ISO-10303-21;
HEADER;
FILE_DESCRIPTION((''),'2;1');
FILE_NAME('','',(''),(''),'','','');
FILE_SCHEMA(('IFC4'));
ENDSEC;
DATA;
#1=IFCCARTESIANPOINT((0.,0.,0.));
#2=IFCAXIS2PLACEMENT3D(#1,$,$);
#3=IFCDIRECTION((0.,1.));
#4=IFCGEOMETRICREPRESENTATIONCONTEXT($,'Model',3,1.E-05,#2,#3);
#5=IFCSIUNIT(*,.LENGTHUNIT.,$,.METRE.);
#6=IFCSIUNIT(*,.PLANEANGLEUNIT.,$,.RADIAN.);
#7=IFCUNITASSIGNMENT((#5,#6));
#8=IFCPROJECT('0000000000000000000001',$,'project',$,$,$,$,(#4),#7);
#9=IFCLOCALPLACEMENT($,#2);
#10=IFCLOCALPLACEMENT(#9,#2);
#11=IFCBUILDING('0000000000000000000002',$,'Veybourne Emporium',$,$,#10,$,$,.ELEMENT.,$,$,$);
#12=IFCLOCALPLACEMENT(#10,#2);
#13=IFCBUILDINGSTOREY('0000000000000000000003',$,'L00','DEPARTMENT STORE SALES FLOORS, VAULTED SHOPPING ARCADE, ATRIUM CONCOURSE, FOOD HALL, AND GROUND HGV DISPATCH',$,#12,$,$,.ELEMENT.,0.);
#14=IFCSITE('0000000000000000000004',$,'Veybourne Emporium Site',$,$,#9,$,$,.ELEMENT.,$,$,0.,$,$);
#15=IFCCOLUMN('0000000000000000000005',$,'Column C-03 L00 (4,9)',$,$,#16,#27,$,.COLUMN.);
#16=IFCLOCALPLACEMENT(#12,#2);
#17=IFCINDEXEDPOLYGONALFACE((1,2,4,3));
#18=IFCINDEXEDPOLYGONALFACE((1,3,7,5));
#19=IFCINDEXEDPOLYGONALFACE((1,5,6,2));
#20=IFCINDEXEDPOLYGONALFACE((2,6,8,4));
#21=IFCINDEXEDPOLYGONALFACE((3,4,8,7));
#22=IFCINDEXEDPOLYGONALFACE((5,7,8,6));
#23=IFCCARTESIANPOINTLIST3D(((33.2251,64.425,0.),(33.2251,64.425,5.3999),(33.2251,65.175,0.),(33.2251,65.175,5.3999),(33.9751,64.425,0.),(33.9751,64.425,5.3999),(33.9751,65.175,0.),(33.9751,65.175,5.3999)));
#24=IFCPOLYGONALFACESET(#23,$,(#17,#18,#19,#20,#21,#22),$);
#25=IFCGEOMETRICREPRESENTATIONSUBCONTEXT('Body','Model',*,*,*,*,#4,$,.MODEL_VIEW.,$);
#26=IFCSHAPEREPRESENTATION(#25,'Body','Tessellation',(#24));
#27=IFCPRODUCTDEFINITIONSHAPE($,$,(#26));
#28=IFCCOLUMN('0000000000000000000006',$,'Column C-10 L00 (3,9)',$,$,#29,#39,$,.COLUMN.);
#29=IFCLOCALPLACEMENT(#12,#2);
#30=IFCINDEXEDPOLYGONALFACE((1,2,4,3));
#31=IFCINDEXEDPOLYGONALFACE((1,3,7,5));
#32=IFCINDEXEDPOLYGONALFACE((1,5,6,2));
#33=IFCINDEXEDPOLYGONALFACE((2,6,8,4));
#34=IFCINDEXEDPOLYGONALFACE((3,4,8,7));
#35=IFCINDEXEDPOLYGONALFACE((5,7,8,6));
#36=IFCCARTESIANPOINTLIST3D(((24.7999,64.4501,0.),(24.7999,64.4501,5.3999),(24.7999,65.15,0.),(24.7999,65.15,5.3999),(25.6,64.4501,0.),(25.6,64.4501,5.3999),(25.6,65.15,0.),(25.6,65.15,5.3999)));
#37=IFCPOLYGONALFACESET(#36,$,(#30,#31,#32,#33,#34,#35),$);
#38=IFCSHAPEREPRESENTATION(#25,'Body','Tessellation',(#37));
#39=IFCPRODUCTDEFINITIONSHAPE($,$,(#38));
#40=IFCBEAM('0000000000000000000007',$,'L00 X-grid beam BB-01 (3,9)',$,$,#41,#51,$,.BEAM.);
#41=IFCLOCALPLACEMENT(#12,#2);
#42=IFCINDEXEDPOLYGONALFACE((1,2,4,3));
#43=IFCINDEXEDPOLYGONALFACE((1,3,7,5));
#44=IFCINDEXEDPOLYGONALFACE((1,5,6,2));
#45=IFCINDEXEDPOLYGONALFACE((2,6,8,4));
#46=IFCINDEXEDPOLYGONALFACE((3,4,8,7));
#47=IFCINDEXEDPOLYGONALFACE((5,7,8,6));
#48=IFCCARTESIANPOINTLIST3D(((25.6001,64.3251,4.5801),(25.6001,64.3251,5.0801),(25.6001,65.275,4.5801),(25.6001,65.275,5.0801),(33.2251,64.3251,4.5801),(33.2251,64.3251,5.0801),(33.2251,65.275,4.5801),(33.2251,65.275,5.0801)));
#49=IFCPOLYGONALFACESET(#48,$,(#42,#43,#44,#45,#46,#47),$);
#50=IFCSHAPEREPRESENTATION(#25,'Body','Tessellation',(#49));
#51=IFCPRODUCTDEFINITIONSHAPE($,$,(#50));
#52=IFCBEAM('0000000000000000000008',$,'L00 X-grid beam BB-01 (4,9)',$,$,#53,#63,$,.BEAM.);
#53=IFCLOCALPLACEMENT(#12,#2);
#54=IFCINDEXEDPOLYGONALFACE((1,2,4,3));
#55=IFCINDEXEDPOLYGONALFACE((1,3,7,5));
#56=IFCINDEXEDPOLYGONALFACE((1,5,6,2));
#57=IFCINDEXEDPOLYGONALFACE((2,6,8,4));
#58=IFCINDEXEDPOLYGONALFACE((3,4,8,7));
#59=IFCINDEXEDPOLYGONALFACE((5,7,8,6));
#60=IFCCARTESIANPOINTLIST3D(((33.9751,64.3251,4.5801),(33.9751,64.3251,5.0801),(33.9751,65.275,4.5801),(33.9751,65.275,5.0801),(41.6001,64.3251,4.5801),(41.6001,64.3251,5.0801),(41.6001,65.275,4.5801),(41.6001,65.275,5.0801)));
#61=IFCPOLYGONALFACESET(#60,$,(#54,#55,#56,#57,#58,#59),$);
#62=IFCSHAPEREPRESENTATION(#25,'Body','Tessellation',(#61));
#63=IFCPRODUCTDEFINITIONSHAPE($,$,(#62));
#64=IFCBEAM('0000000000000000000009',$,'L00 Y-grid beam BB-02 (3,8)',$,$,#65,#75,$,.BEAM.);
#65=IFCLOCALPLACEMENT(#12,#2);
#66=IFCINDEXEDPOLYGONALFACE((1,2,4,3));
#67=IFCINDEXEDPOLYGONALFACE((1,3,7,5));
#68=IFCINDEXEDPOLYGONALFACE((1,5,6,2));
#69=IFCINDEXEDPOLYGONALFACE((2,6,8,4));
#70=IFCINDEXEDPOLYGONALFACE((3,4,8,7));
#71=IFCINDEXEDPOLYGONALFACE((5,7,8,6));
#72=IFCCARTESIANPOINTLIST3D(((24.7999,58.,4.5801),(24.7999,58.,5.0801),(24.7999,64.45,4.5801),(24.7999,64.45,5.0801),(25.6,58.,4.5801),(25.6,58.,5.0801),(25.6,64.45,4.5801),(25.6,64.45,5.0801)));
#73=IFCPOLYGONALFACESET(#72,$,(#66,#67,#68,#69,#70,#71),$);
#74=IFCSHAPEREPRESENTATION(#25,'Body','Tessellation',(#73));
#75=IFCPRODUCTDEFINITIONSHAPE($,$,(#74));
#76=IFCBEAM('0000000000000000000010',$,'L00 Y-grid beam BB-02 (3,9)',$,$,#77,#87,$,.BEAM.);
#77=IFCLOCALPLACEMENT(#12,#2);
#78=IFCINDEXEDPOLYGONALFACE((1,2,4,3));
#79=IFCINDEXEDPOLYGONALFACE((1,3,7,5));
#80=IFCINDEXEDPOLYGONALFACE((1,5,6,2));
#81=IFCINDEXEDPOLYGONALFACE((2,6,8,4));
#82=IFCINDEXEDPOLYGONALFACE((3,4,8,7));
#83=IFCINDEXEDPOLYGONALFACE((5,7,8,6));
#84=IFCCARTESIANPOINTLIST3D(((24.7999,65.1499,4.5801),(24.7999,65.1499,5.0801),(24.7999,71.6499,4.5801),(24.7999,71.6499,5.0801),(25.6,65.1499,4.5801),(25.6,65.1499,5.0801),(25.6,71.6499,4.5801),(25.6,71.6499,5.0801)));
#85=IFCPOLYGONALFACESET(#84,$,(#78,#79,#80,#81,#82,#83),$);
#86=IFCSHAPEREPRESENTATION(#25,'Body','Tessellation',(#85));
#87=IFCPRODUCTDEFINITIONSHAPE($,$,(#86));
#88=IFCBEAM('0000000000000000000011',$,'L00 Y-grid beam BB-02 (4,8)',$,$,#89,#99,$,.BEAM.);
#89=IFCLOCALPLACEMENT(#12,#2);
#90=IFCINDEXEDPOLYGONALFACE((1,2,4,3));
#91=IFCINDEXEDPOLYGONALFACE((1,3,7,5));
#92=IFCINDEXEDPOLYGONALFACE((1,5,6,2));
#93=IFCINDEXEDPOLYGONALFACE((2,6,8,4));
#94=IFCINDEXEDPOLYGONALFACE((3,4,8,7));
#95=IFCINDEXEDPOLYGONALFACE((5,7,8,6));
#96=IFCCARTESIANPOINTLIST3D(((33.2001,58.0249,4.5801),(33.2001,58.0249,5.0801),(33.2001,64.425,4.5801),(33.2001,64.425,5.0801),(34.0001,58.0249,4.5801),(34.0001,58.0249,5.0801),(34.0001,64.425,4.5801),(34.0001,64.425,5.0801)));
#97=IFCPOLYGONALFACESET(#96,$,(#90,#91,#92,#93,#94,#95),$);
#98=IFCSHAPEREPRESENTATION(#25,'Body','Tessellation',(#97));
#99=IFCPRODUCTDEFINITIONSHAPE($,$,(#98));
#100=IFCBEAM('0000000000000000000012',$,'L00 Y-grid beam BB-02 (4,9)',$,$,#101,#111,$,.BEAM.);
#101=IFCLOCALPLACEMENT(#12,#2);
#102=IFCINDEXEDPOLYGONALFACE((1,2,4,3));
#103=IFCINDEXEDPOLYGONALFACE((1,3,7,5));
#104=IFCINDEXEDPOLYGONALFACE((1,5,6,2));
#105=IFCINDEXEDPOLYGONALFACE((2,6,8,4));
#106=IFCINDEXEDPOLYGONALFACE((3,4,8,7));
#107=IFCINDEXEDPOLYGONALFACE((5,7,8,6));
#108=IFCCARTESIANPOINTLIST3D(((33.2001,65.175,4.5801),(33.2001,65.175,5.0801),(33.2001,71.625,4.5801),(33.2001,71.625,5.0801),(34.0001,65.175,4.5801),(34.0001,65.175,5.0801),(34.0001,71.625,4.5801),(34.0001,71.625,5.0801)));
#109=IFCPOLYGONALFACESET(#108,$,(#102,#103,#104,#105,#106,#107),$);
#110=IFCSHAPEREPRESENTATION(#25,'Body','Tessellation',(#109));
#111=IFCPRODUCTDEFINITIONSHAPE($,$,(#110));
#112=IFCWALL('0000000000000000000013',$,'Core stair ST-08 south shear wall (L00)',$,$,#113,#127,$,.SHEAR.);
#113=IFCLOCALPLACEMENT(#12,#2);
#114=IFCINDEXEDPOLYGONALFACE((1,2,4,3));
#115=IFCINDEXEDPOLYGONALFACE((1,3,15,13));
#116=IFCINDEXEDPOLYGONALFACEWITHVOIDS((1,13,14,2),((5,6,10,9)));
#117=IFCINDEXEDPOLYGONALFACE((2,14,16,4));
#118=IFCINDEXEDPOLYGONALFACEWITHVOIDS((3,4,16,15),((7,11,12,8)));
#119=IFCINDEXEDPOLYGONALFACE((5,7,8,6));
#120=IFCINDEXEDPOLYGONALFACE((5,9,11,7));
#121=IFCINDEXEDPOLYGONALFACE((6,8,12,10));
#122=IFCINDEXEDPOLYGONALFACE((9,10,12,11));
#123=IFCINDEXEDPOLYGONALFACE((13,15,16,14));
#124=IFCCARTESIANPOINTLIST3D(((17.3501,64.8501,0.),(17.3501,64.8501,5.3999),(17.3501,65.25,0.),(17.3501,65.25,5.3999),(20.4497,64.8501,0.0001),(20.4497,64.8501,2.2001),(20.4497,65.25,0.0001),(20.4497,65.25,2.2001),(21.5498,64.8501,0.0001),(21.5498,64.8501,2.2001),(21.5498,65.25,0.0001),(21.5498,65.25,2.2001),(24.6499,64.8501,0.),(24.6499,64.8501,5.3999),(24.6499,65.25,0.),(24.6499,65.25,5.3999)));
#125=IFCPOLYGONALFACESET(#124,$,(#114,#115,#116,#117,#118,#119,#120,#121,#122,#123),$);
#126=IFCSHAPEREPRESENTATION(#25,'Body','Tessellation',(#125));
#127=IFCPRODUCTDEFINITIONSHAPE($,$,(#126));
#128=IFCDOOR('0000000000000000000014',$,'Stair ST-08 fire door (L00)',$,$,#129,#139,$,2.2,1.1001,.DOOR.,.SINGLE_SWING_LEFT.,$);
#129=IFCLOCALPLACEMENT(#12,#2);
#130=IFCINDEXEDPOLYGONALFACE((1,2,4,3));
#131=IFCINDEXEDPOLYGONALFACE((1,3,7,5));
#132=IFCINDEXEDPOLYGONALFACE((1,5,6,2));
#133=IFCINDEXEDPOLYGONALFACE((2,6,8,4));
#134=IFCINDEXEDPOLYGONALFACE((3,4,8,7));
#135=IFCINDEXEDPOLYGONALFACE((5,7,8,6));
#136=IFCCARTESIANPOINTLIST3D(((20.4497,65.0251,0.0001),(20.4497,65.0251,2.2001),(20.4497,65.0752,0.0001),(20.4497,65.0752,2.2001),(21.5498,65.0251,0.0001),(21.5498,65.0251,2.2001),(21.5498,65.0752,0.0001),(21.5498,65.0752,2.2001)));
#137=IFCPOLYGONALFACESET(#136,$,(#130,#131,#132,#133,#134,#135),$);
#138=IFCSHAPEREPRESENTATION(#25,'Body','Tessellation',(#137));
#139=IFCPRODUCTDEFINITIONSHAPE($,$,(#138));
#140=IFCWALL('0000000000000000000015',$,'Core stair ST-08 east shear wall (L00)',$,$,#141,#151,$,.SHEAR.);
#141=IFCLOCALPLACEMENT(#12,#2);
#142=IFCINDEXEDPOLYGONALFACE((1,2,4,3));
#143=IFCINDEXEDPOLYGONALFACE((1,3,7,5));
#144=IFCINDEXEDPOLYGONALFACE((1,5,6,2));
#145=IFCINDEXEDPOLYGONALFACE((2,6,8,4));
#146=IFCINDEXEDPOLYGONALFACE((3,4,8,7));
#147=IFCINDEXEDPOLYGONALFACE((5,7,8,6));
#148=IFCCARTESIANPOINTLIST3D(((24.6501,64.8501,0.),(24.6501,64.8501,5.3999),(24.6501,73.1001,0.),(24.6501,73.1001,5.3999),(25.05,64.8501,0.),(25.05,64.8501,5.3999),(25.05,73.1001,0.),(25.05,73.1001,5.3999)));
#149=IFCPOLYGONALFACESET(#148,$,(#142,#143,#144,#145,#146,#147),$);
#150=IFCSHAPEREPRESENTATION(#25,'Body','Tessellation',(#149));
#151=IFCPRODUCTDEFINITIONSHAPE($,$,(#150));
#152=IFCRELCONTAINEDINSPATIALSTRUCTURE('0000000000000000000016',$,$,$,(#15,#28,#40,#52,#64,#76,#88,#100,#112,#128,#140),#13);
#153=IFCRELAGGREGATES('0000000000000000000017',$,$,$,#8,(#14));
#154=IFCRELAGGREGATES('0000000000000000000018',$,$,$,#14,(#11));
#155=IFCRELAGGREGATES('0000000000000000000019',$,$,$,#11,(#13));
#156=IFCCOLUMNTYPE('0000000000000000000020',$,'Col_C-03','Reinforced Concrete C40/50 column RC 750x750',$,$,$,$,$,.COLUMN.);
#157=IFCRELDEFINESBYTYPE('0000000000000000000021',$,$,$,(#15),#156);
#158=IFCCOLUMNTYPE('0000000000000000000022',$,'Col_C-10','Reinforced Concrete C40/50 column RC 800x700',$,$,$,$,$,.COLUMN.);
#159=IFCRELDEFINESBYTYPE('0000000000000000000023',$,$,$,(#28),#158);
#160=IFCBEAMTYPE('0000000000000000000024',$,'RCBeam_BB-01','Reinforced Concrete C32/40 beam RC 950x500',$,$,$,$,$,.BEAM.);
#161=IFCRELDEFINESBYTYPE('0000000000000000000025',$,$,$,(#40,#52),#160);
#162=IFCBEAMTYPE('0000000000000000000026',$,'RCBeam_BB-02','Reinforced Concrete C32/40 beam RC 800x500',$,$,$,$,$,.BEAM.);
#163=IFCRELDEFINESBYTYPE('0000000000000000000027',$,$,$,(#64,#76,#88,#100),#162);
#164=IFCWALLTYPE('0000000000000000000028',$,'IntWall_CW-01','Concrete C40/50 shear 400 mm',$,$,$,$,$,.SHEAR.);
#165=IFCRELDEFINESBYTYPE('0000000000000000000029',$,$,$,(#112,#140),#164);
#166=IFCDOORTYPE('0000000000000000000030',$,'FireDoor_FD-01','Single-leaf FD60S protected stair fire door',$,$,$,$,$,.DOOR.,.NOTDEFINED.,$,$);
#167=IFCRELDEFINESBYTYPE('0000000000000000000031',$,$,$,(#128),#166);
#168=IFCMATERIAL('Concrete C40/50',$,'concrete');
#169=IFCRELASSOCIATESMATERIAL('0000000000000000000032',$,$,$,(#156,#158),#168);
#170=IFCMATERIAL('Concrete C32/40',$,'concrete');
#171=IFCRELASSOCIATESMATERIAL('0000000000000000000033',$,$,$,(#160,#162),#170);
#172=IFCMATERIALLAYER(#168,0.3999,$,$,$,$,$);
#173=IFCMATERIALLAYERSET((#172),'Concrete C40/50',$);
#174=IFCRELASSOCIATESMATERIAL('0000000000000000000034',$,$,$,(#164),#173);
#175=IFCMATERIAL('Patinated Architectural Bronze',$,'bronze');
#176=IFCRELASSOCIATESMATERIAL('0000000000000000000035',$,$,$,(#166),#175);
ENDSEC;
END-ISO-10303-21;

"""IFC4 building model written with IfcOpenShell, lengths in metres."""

from ifc_helpers import new_model, si_unit, direction, frame, frame_2d, origin, origin_2d, place, context, subcontext, project, spatial, rectangle, extrude, material, layer, layer_set, material_profile, profile_set, type_object, element, fill, save


model = new_model("IFC4")

# Units and contexts
model_context = context("Model", 3, precision=1e-05, world=origin(), true_north=direction((0.0, 1.0)))
body_context = subcontext(model_context, "Body", "Model", "MODEL_VIEW")
ifc_project = project(units=[si_unit("LENGTHUNIT", "METRE"), si_unit("PLANEANGLEUNIT", "RADIAN")], contexts=[model_context])

# Site, building, storey
site_placement = place(None, origin())
site = spatial("IfcSite", under=ifc_project, at=site_placement, Name="Veybourne Emporium Site", CompositionType="ELEMENT", RefElevation=0.0)
building_placement = place(site_placement, origin())
building = spatial("IfcBuilding", under=site, at=building_placement, Name="Veybourne Emporium", CompositionType="ELEMENT")
storey_placement = place(building_placement, origin())
storey = spatial("IfcBuildingStorey", under=building, at=storey_placement, Name="L00", Description="DEPARTMENT STORE SALES FLOORS, VAULTED SHOPPING ARCADE, ATRIUM CONCOURSE, FOOD HALL, AND GROUND HGV DISPATCH", CompositionType="ELEMENT", Elevation=0.0)

# Columns
ifc_material_1 = material(Name="Concrete C40/50", Category="concrete")
ifc_material_profile_1 = material_profile(ifc_material_1, rectangle(XDim=0.75, YDim=0.75, at=origin_2d()), Name="RC 750x750")
ifc_profile_set_1 = profile_set([ifc_material_profile_1], Name="Concrete C40/50")
column_type_1 = type_object("IfcColumnType", Name="Col_C-03", Description="Reinforced Concrete C40/50 column RC 750x750", PredefinedType="COLUMN", material=ifc_profile_set_1)
column_1_placement = place(storey_placement, frame((33.6001, 64.8, 0.0), z_axis=(0.0, 0.0, 1.0), x_axis=(1.0, 0.0, 0.0)))
element("IfcColumn", 1, at=column_1_placement, inside=storey, type_object=column_type_1, Name="Column C-03 L00 (4,9)", PredefinedType="COLUMN", context=body_context, shape_type="SweptSolid", body=[
    extrude(rectangle(XDim=0.75, YDim=0.75, at=origin_2d()), origin(), (0.0, 0.0, 1.0), 5.3999),
])
ifc_material_profile_2 = material_profile(ifc_material_1, rectangle(XDim=0.8, YDim=0.7, at=origin_2d()), Name="RC 800x700")
ifc_profile_set_2 = profile_set([ifc_material_profile_2], Name="Concrete C40/50")
column_type_2 = type_object("IfcColumnType", Name="Col_C-10", Description="Reinforced Concrete C40/50 column RC 800x700", PredefinedType="COLUMN", material=ifc_profile_set_2)
column_2_placement = place(storey_placement, frame((25.2, 64.8, 0.0), z_axis=(0.0, 0.0, 1.0), x_axis=(1.0, 0.0, 0.0)))
element("IfcColumn", 2, at=column_2_placement, inside=storey, type_object=column_type_2, Name="Column C-10 L00 (3,9)", PredefinedType="COLUMN", context=body_context, shape_type="SweptSolid", body=[
    extrude(rectangle(XDim=0.8, YDim=0.7, at=origin_2d()), origin(), (0.0, 0.0, 1.0), 5.3999),
])

# Beams
ifc_material_2 = material(Name="Concrete C32/40", Category="concrete")
ifc_material_profile_3 = material_profile(ifc_material_2, rectangle(XDim=0.95, YDim=0.5, at=origin_2d()), Name="RC 950x500")
ifc_profile_set_3 = profile_set([ifc_material_profile_3], Name="Concrete C32/40")
beam_type_1 = type_object("IfcBeamType", Name="RCBeam_BB-01", Description="Reinforced Concrete C32/40 beam RC 950x500", PredefinedType="BEAM", material=ifc_profile_set_3)
for number, where, z_axis, x_axis, name in (
    (3, (25.6001, 64.8, 4.8301), (1.0, 0.0, 0.0), (0.0, 1.0, 0.0), "L00 X-grid beam BB-01 (3,9)"),
    (4, (33.9751, 64.8, 4.8301), (1.0, 0.0, 0.0), (0.0, 1.0, 0.0), "L00 X-grid beam BB-01 (4,9)"),
):
    element("IfcBeam", number, at=place(storey_placement, frame(where, z_axis=z_axis, x_axis=x_axis)), inside=storey, type_object=beam_type_1, Name=name, PredefinedType="BEAM", context=body_context, shape_type="SweptSolid", body=[
        extrude(rectangle(XDim=0.95, YDim=0.5, at=origin_2d()), origin(), (0.0, 0.0, 1.0), 7.625),
    ])
ifc_material_profile_4 = material_profile(ifc_material_2, rectangle(XDim=0.8, YDim=0.5, at=origin_2d()), Name="RC 800x500")
ifc_profile_set_4 = profile_set([ifc_material_profile_4], Name="Concrete C32/40")
beam_type_2 = type_object("IfcBeamType", Name="RCBeam_BB-02", Description="Reinforced Concrete C32/40 beam RC 800x500", PredefinedType="BEAM", material=ifc_profile_set_4)
beam_1_placement = place(storey_placement, frame((25.2, 58.0, 4.8301), z_axis=(0.0, 1.0, 0.0), x_axis=(-1.0, 0.0, 0.0)))
element("IfcBeam", 5, at=beam_1_placement, inside=storey, type_object=beam_type_2, Name="L00 Y-grid beam BB-02 (3,8)", PredefinedType="BEAM", context=body_context, shape_type="SweptSolid", body=[
    extrude(rectangle(XDim=0.8, YDim=0.5, at=origin_2d()), origin(), (0.0, 0.0, 1.0), 6.45),
])
beam_2_placement = place(storey_placement, frame((25.2, 65.1499, 4.8301), z_axis=(0.0, 1.0, 0.0), x_axis=(-1.0, 0.0, 0.0)))
element("IfcBeam", 6, at=beam_2_placement, inside=storey, type_object=beam_type_2, Name="L00 Y-grid beam BB-02 (3,9)", PredefinedType="BEAM", context=body_context, shape_type="SweptSolid", body=[
    extrude(rectangle(XDim=0.8, YDim=0.5, at=origin_2d()), origin(), (0.0, 0.0, 1.0), 6.5),
])
beam_3_placement = place(storey_placement, frame((33.6001, 58.0249, 4.8301), z_axis=(0.0, 1.0, 0.0), x_axis=(-1.0, 0.0, 0.0)))
element("IfcBeam", 7, at=beam_3_placement, inside=storey, type_object=beam_type_2, Name="L00 Y-grid beam BB-02 (4,8)", PredefinedType="BEAM", context=body_context, shape_type="SweptSolid", body=[
    extrude(rectangle(XDim=0.8, YDim=0.5, at=origin_2d()), origin(), (0.0, 0.0, 1.0), 6.4001),
])
beam_4_placement = place(storey_placement, frame((33.6001, 65.175, 4.8301), z_axis=(0.0, 1.0, 0.0), x_axis=(-1.0, 0.0, 0.0)))
element("IfcBeam", 8, at=beam_4_placement, inside=storey, type_object=beam_type_2, Name="L00 Y-grid beam BB-02 (4,9)", PredefinedType="BEAM", context=body_context, shape_type="SweptSolid", body=[
    extrude(rectangle(XDim=0.8, YDim=0.5, at=origin_2d()), origin(), (0.0, 0.0, 1.0), 6.45),
])

# Wall, opening, door
ifc_layer_1 = layer(ifc_material_1, 0.3999)
ifc_layer_set_1 = layer_set([ifc_layer_1], Name="Concrete C40/50")
wall_type_1 = type_object("IfcWallType", Name="IntWall_CW-01", Description="Concrete C40/50 shear 400 mm", PredefinedType="SHEAR", material=ifc_layer_set_1)
wall_1_placement = place(storey_placement, frame((24.6499, 65.05, 0.0), z_axis=(0.0, 0.0, 1.0), x_axis=(-1.0, 0.0, 0.0)))
wall_1 = element("IfcWall", 9, at=wall_1_placement, inside=storey, type_object=wall_type_1, Name="Core stair ST-08 south shear wall (L00)", PredefinedType="SHEAR", context=body_context, shape_type="SweptSolid", body=[
    extrude(rectangle(XDim=7.2998, YDim=0.3999, at=frame_2d((3.6499, 0.0))), origin(), (0.0, 0.0, 1.0), 5.3999),
])
opening_1_placement = place(wall_1_placement, frame((3.1001, 0.0, 0.0)))
opening_1 = element("IfcOpeningElement", 10, at=opening_1_placement, cuts=wall_1, PredefinedType="OPENING", context=body_context, shape_type="SweptSolid", body=[
    extrude(rectangle(XDim=1.1001, YDim=2.2, at=frame_2d((0.55, 1.1001))), frame((0.0, 0.22, 0.0), z_axis=(0.0, -1.0, 0.0), x_axis=(1.0, 0.0, 0.0)), (0.0, 0.0, 1.0), 0.4399),
])
ifc_material_3 = material(Name="Patinated Architectural Bronze", Category="bronze")
door_type_1 = type_object("IfcDoorType", Name="FireDoor_FD-01", Description="Single-leaf FD60S protected stair fire door", OperationType="NOTDEFINED", PredefinedType="DOOR", material=ifc_material_3)
door_1_placement = place(opening_1_placement, origin())
door_1 = element("IfcDoor", 11, at=door_1_placement, inside=storey, type_object=door_type_1, Name="Stair ST-08 fire door (L00)", OperationType="SINGLE_SWING_LEFT", OverallHeight=2.2, OverallWidth=1.1001, PredefinedType="DOOR", context=body_context, shape_type="SweptSolid", body=[
    extrude(rectangle(XDim=1.1001, YDim=2.2, at=frame_2d((0.55, 1.1001))), frame((0.0, 0.0249, 0.0), z_axis=(0.0, -1.0, 0.0), x_axis=(1.0, 0.0, 0.0)), (0.0, 0.0, 1.0), 0.05),
])
fill(opening_1, door_1)

# Wall
wall_2_placement = place(storey_placement, frame((24.8501, 64.8501, 0.0), z_axis=(0.0, 0.0, 1.0), x_axis=(0.0, 1.0, 0.0)))
element("IfcWall", 12, at=wall_2_placement, inside=storey, type_object=wall_type_1, Name="Core stair ST-08 east shear wall (L00)", PredefinedType="SHEAR", context=body_context, shape_type="SweptSolid", body=[
    extrude(rectangle(XDim=8.25, YDim=0.3999, at=frame_2d((4.125, 0.0))), origin(), (0.0, 0.0, 1.0), 5.3999),
])

save(model, "model.ifc")
